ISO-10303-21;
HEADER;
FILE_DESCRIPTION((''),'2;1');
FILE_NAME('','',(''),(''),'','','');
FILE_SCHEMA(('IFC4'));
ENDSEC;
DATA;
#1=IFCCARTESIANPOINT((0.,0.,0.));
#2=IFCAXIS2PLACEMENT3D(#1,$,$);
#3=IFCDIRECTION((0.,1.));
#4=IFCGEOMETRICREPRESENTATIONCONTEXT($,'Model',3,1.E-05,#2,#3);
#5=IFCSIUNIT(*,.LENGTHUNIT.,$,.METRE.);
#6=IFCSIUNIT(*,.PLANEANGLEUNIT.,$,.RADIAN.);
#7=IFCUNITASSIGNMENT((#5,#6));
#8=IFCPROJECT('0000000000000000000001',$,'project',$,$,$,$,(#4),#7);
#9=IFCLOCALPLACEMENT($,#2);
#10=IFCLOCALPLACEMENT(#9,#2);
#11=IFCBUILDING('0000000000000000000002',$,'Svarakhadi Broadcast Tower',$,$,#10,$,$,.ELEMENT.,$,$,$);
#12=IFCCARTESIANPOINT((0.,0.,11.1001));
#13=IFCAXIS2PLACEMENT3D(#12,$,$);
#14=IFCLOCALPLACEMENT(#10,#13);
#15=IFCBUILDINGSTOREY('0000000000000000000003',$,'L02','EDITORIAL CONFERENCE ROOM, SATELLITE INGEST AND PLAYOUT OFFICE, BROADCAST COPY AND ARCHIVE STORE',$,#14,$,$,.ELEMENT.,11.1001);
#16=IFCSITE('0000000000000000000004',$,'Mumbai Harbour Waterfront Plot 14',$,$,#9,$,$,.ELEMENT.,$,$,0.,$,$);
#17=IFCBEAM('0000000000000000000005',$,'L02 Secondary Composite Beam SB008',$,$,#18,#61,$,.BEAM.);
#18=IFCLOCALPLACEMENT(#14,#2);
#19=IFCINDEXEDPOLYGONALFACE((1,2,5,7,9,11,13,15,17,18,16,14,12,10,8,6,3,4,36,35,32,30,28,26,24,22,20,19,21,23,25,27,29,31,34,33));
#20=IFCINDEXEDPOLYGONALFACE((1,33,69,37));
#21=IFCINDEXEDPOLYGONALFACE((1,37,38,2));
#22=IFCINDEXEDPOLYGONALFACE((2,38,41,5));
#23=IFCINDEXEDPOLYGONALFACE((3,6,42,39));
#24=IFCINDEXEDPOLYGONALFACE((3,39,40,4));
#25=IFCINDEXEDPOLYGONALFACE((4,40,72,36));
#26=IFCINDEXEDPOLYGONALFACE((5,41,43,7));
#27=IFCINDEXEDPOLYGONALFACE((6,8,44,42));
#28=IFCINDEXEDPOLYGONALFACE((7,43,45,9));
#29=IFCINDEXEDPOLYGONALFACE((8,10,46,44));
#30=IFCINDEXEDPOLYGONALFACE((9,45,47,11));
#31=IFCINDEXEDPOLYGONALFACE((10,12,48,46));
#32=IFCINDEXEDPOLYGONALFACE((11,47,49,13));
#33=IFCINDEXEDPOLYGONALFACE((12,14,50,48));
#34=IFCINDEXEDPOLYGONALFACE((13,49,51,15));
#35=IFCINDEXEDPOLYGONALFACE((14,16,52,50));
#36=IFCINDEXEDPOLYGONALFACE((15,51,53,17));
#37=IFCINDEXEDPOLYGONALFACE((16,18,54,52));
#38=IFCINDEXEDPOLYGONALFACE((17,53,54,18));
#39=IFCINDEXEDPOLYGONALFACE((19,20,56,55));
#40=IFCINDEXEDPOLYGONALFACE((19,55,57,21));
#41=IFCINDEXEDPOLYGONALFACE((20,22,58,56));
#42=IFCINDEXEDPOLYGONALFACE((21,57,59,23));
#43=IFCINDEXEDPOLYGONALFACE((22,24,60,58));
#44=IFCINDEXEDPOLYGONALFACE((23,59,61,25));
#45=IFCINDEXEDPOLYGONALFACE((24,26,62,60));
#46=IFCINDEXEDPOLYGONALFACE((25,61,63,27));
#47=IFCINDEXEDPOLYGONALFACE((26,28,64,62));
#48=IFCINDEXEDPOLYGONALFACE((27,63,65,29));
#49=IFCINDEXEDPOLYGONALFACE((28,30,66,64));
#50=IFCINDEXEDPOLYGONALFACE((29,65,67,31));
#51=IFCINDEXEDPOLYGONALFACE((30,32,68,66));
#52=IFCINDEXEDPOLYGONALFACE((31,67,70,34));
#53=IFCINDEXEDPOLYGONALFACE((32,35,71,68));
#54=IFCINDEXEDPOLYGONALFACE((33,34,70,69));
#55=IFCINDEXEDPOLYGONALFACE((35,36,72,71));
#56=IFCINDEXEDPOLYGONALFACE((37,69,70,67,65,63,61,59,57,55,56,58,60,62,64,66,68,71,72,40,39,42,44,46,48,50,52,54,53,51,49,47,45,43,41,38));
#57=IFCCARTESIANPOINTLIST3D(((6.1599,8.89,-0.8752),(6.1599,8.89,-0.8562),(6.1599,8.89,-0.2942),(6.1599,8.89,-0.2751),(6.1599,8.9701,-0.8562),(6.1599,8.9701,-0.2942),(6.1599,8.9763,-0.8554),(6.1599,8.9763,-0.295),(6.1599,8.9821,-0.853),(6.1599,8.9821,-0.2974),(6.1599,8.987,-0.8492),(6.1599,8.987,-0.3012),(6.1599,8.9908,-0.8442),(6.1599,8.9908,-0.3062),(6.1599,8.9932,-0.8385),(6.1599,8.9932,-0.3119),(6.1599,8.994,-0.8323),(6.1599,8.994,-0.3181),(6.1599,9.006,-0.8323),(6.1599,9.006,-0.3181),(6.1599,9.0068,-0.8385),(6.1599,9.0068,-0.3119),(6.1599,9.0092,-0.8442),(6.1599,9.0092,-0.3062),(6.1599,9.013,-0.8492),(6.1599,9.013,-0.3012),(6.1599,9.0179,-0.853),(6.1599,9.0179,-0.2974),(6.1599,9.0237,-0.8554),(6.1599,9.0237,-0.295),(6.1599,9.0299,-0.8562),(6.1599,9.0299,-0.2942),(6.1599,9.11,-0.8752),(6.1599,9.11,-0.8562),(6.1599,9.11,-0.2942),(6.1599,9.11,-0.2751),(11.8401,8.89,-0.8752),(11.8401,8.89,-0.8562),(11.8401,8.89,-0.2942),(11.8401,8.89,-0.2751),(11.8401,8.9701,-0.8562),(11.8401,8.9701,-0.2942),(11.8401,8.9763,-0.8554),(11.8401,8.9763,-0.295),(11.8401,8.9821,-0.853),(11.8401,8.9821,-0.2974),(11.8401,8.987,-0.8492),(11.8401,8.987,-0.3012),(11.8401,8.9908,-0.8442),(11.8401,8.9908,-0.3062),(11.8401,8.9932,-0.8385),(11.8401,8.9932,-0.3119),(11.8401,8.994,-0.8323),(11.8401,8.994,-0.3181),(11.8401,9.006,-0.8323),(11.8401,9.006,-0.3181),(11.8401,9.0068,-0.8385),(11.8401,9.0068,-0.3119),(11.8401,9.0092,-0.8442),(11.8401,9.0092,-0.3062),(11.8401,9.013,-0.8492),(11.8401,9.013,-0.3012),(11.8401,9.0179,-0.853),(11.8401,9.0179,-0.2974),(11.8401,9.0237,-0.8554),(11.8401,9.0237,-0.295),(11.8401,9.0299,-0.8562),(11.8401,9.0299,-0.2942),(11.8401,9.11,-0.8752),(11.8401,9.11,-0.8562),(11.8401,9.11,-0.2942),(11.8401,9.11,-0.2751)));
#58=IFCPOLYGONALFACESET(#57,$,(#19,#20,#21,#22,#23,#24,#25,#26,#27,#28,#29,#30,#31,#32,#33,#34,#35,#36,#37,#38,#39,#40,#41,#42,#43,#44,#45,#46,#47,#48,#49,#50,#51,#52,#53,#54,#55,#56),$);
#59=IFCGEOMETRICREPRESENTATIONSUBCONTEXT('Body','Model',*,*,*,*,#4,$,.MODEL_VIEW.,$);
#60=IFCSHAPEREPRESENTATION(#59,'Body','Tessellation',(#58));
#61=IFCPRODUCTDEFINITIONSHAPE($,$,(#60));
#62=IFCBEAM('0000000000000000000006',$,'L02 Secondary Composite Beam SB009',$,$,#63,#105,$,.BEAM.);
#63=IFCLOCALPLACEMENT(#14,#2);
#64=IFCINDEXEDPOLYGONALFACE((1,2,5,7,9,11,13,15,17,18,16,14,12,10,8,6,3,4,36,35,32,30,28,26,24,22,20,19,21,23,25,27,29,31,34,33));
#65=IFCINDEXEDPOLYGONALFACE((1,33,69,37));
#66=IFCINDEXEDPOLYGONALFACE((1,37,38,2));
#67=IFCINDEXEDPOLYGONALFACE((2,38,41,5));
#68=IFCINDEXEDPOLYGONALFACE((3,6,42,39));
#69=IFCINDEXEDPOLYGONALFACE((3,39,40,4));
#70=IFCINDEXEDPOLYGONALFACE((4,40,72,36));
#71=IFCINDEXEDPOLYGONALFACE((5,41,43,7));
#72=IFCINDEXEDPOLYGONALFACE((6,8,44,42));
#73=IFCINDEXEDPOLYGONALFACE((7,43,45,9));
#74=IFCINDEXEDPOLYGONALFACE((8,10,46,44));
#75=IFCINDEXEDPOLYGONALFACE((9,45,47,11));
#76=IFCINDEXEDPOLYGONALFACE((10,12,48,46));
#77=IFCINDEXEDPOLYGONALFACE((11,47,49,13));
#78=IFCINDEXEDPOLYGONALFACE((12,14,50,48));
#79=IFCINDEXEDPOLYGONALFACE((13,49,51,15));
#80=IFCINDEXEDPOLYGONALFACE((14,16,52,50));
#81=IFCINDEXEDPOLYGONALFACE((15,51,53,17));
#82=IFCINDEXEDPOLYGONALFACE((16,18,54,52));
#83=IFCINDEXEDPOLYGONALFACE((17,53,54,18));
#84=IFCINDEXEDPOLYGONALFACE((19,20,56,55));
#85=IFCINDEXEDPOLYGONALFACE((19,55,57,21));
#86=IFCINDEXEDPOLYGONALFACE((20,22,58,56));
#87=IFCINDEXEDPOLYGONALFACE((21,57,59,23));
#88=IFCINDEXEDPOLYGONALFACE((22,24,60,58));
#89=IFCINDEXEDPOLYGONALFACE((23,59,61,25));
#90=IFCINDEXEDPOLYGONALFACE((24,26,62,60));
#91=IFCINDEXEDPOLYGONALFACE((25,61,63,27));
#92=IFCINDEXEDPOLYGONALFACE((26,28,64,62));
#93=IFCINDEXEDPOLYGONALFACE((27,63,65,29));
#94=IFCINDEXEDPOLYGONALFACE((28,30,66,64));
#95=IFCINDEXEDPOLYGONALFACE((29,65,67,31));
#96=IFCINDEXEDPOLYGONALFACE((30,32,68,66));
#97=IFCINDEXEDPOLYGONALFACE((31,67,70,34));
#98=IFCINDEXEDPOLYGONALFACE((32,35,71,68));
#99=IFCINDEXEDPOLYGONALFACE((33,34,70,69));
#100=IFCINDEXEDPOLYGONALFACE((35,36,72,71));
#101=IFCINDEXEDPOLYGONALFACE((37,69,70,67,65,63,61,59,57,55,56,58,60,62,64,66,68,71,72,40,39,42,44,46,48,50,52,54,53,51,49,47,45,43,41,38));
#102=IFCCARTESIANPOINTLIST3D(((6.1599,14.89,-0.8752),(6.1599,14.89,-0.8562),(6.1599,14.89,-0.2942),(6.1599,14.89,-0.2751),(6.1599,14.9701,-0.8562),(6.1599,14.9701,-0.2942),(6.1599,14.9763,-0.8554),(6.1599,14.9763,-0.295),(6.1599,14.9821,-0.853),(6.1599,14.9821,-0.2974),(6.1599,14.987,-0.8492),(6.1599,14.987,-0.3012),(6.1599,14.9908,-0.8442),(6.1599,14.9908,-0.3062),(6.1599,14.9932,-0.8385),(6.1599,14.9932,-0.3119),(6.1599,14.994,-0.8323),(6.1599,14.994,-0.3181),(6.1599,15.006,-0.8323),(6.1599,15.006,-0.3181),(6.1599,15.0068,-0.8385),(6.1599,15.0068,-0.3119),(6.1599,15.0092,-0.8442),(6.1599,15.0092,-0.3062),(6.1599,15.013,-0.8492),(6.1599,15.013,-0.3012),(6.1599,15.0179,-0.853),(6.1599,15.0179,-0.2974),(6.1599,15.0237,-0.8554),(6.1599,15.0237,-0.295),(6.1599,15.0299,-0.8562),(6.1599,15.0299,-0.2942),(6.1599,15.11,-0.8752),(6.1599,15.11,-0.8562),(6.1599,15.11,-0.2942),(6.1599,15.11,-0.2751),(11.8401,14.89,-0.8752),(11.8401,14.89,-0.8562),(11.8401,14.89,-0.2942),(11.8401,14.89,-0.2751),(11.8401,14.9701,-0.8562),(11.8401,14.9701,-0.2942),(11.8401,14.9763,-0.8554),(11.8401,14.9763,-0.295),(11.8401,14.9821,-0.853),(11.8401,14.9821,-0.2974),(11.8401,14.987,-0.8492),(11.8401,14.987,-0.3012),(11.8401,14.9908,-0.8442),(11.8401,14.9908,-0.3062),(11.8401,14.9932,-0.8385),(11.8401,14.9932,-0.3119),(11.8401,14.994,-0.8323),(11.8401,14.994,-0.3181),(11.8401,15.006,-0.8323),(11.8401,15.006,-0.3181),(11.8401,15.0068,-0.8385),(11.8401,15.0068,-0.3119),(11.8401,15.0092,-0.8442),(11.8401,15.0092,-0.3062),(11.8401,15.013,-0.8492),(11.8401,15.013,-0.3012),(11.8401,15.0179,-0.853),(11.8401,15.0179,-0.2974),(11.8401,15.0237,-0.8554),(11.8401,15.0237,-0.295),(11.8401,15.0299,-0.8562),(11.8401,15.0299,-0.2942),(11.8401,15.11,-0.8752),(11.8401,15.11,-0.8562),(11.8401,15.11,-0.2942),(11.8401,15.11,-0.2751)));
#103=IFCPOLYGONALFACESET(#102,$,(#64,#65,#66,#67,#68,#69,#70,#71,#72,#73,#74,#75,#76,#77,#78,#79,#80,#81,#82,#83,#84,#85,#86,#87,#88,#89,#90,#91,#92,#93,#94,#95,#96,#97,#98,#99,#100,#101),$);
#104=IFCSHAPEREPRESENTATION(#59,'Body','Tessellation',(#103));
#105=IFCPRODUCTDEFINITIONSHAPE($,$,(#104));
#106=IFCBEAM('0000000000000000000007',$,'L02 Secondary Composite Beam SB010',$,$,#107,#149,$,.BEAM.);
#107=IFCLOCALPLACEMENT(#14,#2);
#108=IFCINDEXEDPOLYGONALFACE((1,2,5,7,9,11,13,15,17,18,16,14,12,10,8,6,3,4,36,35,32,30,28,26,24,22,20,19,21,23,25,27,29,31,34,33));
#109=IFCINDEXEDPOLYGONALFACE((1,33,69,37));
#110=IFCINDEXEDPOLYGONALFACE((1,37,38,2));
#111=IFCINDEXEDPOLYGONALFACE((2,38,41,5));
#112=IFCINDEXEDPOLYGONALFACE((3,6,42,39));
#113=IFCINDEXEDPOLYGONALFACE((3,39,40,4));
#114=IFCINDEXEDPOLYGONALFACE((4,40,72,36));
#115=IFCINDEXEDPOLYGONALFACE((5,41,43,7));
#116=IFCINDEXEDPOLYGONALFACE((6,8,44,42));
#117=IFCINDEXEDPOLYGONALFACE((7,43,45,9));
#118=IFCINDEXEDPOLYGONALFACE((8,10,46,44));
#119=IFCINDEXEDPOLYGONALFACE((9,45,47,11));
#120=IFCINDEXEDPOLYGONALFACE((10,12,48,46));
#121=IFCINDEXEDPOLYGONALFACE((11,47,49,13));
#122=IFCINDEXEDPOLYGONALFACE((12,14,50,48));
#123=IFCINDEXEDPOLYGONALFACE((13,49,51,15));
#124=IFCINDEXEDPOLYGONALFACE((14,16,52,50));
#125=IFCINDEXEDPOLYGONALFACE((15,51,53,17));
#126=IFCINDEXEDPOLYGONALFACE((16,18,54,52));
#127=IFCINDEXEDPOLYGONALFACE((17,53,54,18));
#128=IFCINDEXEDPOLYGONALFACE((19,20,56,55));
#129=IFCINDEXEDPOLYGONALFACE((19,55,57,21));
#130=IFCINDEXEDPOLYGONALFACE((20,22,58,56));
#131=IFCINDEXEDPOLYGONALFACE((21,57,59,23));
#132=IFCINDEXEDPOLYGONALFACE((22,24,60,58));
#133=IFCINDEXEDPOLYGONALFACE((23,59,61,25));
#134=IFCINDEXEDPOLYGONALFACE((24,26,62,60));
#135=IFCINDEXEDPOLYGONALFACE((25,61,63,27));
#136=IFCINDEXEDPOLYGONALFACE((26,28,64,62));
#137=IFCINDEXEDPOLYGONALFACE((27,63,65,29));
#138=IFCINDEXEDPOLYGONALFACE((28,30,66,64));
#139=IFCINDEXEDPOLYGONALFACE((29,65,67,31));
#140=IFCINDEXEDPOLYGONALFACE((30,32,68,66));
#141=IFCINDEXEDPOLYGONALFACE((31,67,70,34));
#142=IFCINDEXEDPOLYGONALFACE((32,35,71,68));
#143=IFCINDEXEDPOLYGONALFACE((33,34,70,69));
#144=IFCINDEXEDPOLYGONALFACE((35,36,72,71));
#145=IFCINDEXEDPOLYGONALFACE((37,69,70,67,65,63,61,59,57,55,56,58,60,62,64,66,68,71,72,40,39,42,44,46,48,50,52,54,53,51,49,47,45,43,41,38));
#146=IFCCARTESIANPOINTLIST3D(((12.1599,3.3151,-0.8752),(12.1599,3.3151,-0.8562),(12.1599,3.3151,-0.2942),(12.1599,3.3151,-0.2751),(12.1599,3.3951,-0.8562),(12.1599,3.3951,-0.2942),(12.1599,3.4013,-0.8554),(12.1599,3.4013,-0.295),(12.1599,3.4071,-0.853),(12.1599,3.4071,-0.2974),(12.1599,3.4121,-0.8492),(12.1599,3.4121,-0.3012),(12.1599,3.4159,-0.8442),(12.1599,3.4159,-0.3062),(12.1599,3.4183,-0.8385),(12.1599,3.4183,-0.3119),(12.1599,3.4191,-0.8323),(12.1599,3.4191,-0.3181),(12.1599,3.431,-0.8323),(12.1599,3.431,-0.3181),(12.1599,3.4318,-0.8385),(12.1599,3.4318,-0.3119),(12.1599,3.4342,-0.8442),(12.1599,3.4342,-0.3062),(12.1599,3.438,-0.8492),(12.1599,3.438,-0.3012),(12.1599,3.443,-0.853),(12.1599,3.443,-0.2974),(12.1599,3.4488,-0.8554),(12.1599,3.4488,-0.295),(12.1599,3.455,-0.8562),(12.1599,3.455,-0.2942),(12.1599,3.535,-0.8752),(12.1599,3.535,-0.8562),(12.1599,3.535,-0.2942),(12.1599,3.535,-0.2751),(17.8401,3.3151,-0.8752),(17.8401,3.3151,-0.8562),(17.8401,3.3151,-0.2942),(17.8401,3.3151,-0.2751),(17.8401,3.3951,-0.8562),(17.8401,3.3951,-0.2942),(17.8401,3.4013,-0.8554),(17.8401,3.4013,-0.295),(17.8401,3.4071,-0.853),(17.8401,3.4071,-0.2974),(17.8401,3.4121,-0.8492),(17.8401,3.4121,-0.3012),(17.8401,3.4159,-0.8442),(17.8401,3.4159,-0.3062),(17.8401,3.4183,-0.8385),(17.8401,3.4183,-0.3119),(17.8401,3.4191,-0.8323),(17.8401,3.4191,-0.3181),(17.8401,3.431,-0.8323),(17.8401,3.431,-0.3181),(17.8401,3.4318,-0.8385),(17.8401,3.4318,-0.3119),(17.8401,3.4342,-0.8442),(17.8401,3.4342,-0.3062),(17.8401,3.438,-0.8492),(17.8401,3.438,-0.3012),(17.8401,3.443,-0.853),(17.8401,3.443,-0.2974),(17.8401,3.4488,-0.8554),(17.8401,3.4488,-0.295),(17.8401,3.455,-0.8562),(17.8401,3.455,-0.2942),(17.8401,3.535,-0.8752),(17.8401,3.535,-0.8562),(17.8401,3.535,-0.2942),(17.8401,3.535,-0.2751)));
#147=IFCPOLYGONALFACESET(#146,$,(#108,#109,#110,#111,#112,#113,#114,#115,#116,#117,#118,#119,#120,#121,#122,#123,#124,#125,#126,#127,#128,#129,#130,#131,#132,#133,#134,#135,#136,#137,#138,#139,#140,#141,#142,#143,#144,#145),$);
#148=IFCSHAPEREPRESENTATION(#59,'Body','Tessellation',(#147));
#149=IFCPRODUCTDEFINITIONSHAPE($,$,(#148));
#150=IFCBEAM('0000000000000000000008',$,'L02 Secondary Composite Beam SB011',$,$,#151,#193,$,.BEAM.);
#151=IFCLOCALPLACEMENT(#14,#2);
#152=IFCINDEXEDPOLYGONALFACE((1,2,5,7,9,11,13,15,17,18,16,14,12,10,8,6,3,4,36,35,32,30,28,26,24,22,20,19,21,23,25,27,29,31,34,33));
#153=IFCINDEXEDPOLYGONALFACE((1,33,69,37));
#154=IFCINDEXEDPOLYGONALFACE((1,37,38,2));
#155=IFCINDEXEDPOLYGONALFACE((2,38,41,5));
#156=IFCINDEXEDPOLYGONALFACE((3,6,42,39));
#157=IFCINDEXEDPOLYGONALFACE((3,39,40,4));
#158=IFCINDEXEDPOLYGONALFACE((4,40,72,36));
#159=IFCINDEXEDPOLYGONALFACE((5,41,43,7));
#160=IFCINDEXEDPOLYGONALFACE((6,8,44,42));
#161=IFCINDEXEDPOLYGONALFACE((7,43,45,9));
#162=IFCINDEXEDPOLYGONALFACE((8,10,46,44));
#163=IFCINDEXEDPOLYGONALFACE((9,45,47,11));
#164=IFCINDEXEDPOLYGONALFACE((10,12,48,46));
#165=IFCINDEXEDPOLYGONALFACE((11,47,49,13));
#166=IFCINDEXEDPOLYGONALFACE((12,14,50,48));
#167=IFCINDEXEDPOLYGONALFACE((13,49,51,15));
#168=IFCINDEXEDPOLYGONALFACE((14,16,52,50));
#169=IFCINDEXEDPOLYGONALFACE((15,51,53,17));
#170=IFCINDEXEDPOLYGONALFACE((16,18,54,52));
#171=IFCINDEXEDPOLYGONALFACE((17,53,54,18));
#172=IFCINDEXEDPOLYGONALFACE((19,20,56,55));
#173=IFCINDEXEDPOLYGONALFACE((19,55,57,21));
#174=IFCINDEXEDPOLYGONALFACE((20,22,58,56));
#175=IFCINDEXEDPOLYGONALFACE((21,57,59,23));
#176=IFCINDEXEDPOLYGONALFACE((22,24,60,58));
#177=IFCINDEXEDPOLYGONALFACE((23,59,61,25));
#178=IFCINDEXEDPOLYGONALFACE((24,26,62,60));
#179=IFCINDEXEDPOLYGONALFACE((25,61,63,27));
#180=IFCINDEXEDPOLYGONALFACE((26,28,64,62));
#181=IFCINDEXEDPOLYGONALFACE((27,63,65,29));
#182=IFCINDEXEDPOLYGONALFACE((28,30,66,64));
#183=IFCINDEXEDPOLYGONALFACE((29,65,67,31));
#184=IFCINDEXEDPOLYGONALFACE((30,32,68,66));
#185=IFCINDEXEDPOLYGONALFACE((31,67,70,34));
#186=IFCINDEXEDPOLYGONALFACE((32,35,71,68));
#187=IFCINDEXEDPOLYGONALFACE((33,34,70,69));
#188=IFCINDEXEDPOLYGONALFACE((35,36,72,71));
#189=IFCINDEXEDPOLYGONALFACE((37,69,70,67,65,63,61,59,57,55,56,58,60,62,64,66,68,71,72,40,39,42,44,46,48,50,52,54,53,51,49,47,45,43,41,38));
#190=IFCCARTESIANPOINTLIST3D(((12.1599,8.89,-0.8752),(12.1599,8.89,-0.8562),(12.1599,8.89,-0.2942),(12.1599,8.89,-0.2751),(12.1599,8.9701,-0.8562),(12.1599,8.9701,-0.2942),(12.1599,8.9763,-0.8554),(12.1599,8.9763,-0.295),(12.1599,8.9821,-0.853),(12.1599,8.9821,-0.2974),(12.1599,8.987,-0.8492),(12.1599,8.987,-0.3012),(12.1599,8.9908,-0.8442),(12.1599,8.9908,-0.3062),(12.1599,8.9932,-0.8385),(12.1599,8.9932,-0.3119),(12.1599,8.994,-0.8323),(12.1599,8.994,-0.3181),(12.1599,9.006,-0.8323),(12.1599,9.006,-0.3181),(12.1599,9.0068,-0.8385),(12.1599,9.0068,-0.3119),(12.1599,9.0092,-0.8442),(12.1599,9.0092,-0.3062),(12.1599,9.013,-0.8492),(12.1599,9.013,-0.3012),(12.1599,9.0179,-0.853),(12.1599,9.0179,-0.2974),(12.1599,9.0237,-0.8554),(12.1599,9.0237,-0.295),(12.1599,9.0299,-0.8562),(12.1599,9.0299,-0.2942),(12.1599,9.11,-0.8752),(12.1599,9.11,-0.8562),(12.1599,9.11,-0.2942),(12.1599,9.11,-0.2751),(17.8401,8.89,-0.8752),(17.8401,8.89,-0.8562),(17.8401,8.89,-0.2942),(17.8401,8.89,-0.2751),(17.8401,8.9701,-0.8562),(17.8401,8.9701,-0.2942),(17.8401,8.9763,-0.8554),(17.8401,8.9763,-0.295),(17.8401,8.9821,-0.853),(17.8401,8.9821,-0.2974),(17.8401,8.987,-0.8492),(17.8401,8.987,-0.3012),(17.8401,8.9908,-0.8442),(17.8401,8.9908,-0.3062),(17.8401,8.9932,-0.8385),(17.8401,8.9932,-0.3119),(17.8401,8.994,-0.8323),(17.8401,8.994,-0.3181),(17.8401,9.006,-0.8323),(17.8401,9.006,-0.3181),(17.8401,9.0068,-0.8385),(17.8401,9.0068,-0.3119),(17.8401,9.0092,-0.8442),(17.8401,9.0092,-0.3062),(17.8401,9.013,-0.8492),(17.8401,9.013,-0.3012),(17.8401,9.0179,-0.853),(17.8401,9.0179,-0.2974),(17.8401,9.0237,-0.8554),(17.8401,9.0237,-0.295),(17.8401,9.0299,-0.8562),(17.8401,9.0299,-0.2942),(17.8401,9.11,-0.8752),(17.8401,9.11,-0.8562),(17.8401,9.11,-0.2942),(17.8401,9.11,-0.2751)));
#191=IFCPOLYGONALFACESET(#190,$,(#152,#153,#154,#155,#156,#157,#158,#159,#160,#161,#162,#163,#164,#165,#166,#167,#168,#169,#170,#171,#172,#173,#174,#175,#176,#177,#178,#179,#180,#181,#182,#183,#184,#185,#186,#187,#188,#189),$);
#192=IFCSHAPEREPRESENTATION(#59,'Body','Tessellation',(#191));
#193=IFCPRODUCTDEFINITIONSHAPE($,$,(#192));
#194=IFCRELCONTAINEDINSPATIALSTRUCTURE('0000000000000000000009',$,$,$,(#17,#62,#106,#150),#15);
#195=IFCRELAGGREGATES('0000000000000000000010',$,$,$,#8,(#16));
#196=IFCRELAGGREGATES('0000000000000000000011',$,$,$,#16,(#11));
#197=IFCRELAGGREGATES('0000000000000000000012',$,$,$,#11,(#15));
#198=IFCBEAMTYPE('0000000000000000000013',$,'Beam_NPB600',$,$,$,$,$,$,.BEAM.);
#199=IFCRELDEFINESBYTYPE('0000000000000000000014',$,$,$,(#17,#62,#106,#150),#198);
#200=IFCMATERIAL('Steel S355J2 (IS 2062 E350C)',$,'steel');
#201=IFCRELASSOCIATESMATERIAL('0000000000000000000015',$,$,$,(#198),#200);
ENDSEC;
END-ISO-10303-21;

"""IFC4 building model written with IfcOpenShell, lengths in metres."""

from ifc_helpers import new_model, si_unit, direction, frame, origin, origin_2d, place, context, subcontext, project, spatial, i_section, extrude, material, material_profile, profile_set, type_object, element, save


model = new_model("IFC4")

# Units and contexts
model_context = context("Model", 3, precision=1e-05, world=origin(), true_north=direction((0.0, 1.0)))
body_context = subcontext(model_context, "Body", "Model", "MODEL_VIEW")
ifc_project = project(units=[si_unit("LENGTHUNIT", "METRE"), si_unit("PLANEANGLEUNIT", "RADIAN")], contexts=[model_context])

# Site, building, storey
site_placement = place(None, origin())
site = spatial("IfcSite", under=ifc_project, at=site_placement, Name="Mumbai Harbour Waterfront Plot 14", CompositionType="ELEMENT", RefElevation=0.0)
building_placement = place(site_placement, origin())
building = spatial("IfcBuilding", under=site, at=building_placement, Name="Svarakhadi Broadcast Tower", CompositionType="ELEMENT")
storey_placement = place(building_placement, frame((0.0, 0.0, 11.1001)))
storey = spatial("IfcBuildingStorey", under=building, at=storey_placement, Name="L02", Description="EDITORIAL CONFERENCE ROOM, SATELLITE INGEST AND PLAYOUT OFFICE, BROADCAST COPY AND ARCHIVE STORE", CompositionType="ELEMENT", Elevation=11.1001)

# Beams
ifc_material_1 = material(Name="Steel S355J2 (IS 2062 E350C)", Category="steel")
ifc_material_profile_1 = material_profile(ifc_material_1, i_section(OverallWidth=0.22, OverallDepth=0.6001, WebThickness=0.012, FlangeThickness=0.019, FilletRadius=0.0239, at=origin_2d()), Name="NPB 600x220x122")
ifc_profile_set_1 = profile_set([ifc_material_profile_1], Name="Steel S355J2 (IS 2062 E350C)")
beam_type_1 = type_object("IfcBeamType", Name="Beam_NPB600", PredefinedType="BEAM", material=ifc_profile_set_1)
for number, where, z_axis, x_axis, name in (
    (1, (6.1599, 9.0, -0.5752), (1.0, 0.0, 0.0), (0.0, 1.0, 0.0), "L02 Secondary Composite Beam SB008"),
    (2, (6.1599, 15.0, -0.5752), (1.0, 0.0, 0.0), (0.0, 1.0, 0.0), "L02 Secondary Composite Beam SB009"),
    (3, (12.1599, 3.425, -0.5752), (1.0, 0.0, 0.0), (0.0, 1.0, 0.0), "L02 Secondary Composite Beam SB010"),
    (4, (12.1599, 9.0, -0.5752), (1.0, 0.0, 0.0), (0.0, 1.0, 0.0), "L02 Secondary Composite Beam SB011"),
):
    element("IfcBeam", number, at=place(storey_placement, frame(where, z_axis=z_axis, x_axis=x_axis)), inside=storey, type_object=beam_type_1, Name=name, PredefinedType="BEAM", context=body_context, shape_type="SweptSolid", body=[
        extrude(i_section(OverallWidth=0.22, OverallDepth=0.6001, WebThickness=0.012, FlangeThickness=0.019, FilletRadius=0.0239, at=origin_2d()), origin(), (0.0, 0.0, 1.0), 5.6802),
    ])

save(model, "model.ifc")
